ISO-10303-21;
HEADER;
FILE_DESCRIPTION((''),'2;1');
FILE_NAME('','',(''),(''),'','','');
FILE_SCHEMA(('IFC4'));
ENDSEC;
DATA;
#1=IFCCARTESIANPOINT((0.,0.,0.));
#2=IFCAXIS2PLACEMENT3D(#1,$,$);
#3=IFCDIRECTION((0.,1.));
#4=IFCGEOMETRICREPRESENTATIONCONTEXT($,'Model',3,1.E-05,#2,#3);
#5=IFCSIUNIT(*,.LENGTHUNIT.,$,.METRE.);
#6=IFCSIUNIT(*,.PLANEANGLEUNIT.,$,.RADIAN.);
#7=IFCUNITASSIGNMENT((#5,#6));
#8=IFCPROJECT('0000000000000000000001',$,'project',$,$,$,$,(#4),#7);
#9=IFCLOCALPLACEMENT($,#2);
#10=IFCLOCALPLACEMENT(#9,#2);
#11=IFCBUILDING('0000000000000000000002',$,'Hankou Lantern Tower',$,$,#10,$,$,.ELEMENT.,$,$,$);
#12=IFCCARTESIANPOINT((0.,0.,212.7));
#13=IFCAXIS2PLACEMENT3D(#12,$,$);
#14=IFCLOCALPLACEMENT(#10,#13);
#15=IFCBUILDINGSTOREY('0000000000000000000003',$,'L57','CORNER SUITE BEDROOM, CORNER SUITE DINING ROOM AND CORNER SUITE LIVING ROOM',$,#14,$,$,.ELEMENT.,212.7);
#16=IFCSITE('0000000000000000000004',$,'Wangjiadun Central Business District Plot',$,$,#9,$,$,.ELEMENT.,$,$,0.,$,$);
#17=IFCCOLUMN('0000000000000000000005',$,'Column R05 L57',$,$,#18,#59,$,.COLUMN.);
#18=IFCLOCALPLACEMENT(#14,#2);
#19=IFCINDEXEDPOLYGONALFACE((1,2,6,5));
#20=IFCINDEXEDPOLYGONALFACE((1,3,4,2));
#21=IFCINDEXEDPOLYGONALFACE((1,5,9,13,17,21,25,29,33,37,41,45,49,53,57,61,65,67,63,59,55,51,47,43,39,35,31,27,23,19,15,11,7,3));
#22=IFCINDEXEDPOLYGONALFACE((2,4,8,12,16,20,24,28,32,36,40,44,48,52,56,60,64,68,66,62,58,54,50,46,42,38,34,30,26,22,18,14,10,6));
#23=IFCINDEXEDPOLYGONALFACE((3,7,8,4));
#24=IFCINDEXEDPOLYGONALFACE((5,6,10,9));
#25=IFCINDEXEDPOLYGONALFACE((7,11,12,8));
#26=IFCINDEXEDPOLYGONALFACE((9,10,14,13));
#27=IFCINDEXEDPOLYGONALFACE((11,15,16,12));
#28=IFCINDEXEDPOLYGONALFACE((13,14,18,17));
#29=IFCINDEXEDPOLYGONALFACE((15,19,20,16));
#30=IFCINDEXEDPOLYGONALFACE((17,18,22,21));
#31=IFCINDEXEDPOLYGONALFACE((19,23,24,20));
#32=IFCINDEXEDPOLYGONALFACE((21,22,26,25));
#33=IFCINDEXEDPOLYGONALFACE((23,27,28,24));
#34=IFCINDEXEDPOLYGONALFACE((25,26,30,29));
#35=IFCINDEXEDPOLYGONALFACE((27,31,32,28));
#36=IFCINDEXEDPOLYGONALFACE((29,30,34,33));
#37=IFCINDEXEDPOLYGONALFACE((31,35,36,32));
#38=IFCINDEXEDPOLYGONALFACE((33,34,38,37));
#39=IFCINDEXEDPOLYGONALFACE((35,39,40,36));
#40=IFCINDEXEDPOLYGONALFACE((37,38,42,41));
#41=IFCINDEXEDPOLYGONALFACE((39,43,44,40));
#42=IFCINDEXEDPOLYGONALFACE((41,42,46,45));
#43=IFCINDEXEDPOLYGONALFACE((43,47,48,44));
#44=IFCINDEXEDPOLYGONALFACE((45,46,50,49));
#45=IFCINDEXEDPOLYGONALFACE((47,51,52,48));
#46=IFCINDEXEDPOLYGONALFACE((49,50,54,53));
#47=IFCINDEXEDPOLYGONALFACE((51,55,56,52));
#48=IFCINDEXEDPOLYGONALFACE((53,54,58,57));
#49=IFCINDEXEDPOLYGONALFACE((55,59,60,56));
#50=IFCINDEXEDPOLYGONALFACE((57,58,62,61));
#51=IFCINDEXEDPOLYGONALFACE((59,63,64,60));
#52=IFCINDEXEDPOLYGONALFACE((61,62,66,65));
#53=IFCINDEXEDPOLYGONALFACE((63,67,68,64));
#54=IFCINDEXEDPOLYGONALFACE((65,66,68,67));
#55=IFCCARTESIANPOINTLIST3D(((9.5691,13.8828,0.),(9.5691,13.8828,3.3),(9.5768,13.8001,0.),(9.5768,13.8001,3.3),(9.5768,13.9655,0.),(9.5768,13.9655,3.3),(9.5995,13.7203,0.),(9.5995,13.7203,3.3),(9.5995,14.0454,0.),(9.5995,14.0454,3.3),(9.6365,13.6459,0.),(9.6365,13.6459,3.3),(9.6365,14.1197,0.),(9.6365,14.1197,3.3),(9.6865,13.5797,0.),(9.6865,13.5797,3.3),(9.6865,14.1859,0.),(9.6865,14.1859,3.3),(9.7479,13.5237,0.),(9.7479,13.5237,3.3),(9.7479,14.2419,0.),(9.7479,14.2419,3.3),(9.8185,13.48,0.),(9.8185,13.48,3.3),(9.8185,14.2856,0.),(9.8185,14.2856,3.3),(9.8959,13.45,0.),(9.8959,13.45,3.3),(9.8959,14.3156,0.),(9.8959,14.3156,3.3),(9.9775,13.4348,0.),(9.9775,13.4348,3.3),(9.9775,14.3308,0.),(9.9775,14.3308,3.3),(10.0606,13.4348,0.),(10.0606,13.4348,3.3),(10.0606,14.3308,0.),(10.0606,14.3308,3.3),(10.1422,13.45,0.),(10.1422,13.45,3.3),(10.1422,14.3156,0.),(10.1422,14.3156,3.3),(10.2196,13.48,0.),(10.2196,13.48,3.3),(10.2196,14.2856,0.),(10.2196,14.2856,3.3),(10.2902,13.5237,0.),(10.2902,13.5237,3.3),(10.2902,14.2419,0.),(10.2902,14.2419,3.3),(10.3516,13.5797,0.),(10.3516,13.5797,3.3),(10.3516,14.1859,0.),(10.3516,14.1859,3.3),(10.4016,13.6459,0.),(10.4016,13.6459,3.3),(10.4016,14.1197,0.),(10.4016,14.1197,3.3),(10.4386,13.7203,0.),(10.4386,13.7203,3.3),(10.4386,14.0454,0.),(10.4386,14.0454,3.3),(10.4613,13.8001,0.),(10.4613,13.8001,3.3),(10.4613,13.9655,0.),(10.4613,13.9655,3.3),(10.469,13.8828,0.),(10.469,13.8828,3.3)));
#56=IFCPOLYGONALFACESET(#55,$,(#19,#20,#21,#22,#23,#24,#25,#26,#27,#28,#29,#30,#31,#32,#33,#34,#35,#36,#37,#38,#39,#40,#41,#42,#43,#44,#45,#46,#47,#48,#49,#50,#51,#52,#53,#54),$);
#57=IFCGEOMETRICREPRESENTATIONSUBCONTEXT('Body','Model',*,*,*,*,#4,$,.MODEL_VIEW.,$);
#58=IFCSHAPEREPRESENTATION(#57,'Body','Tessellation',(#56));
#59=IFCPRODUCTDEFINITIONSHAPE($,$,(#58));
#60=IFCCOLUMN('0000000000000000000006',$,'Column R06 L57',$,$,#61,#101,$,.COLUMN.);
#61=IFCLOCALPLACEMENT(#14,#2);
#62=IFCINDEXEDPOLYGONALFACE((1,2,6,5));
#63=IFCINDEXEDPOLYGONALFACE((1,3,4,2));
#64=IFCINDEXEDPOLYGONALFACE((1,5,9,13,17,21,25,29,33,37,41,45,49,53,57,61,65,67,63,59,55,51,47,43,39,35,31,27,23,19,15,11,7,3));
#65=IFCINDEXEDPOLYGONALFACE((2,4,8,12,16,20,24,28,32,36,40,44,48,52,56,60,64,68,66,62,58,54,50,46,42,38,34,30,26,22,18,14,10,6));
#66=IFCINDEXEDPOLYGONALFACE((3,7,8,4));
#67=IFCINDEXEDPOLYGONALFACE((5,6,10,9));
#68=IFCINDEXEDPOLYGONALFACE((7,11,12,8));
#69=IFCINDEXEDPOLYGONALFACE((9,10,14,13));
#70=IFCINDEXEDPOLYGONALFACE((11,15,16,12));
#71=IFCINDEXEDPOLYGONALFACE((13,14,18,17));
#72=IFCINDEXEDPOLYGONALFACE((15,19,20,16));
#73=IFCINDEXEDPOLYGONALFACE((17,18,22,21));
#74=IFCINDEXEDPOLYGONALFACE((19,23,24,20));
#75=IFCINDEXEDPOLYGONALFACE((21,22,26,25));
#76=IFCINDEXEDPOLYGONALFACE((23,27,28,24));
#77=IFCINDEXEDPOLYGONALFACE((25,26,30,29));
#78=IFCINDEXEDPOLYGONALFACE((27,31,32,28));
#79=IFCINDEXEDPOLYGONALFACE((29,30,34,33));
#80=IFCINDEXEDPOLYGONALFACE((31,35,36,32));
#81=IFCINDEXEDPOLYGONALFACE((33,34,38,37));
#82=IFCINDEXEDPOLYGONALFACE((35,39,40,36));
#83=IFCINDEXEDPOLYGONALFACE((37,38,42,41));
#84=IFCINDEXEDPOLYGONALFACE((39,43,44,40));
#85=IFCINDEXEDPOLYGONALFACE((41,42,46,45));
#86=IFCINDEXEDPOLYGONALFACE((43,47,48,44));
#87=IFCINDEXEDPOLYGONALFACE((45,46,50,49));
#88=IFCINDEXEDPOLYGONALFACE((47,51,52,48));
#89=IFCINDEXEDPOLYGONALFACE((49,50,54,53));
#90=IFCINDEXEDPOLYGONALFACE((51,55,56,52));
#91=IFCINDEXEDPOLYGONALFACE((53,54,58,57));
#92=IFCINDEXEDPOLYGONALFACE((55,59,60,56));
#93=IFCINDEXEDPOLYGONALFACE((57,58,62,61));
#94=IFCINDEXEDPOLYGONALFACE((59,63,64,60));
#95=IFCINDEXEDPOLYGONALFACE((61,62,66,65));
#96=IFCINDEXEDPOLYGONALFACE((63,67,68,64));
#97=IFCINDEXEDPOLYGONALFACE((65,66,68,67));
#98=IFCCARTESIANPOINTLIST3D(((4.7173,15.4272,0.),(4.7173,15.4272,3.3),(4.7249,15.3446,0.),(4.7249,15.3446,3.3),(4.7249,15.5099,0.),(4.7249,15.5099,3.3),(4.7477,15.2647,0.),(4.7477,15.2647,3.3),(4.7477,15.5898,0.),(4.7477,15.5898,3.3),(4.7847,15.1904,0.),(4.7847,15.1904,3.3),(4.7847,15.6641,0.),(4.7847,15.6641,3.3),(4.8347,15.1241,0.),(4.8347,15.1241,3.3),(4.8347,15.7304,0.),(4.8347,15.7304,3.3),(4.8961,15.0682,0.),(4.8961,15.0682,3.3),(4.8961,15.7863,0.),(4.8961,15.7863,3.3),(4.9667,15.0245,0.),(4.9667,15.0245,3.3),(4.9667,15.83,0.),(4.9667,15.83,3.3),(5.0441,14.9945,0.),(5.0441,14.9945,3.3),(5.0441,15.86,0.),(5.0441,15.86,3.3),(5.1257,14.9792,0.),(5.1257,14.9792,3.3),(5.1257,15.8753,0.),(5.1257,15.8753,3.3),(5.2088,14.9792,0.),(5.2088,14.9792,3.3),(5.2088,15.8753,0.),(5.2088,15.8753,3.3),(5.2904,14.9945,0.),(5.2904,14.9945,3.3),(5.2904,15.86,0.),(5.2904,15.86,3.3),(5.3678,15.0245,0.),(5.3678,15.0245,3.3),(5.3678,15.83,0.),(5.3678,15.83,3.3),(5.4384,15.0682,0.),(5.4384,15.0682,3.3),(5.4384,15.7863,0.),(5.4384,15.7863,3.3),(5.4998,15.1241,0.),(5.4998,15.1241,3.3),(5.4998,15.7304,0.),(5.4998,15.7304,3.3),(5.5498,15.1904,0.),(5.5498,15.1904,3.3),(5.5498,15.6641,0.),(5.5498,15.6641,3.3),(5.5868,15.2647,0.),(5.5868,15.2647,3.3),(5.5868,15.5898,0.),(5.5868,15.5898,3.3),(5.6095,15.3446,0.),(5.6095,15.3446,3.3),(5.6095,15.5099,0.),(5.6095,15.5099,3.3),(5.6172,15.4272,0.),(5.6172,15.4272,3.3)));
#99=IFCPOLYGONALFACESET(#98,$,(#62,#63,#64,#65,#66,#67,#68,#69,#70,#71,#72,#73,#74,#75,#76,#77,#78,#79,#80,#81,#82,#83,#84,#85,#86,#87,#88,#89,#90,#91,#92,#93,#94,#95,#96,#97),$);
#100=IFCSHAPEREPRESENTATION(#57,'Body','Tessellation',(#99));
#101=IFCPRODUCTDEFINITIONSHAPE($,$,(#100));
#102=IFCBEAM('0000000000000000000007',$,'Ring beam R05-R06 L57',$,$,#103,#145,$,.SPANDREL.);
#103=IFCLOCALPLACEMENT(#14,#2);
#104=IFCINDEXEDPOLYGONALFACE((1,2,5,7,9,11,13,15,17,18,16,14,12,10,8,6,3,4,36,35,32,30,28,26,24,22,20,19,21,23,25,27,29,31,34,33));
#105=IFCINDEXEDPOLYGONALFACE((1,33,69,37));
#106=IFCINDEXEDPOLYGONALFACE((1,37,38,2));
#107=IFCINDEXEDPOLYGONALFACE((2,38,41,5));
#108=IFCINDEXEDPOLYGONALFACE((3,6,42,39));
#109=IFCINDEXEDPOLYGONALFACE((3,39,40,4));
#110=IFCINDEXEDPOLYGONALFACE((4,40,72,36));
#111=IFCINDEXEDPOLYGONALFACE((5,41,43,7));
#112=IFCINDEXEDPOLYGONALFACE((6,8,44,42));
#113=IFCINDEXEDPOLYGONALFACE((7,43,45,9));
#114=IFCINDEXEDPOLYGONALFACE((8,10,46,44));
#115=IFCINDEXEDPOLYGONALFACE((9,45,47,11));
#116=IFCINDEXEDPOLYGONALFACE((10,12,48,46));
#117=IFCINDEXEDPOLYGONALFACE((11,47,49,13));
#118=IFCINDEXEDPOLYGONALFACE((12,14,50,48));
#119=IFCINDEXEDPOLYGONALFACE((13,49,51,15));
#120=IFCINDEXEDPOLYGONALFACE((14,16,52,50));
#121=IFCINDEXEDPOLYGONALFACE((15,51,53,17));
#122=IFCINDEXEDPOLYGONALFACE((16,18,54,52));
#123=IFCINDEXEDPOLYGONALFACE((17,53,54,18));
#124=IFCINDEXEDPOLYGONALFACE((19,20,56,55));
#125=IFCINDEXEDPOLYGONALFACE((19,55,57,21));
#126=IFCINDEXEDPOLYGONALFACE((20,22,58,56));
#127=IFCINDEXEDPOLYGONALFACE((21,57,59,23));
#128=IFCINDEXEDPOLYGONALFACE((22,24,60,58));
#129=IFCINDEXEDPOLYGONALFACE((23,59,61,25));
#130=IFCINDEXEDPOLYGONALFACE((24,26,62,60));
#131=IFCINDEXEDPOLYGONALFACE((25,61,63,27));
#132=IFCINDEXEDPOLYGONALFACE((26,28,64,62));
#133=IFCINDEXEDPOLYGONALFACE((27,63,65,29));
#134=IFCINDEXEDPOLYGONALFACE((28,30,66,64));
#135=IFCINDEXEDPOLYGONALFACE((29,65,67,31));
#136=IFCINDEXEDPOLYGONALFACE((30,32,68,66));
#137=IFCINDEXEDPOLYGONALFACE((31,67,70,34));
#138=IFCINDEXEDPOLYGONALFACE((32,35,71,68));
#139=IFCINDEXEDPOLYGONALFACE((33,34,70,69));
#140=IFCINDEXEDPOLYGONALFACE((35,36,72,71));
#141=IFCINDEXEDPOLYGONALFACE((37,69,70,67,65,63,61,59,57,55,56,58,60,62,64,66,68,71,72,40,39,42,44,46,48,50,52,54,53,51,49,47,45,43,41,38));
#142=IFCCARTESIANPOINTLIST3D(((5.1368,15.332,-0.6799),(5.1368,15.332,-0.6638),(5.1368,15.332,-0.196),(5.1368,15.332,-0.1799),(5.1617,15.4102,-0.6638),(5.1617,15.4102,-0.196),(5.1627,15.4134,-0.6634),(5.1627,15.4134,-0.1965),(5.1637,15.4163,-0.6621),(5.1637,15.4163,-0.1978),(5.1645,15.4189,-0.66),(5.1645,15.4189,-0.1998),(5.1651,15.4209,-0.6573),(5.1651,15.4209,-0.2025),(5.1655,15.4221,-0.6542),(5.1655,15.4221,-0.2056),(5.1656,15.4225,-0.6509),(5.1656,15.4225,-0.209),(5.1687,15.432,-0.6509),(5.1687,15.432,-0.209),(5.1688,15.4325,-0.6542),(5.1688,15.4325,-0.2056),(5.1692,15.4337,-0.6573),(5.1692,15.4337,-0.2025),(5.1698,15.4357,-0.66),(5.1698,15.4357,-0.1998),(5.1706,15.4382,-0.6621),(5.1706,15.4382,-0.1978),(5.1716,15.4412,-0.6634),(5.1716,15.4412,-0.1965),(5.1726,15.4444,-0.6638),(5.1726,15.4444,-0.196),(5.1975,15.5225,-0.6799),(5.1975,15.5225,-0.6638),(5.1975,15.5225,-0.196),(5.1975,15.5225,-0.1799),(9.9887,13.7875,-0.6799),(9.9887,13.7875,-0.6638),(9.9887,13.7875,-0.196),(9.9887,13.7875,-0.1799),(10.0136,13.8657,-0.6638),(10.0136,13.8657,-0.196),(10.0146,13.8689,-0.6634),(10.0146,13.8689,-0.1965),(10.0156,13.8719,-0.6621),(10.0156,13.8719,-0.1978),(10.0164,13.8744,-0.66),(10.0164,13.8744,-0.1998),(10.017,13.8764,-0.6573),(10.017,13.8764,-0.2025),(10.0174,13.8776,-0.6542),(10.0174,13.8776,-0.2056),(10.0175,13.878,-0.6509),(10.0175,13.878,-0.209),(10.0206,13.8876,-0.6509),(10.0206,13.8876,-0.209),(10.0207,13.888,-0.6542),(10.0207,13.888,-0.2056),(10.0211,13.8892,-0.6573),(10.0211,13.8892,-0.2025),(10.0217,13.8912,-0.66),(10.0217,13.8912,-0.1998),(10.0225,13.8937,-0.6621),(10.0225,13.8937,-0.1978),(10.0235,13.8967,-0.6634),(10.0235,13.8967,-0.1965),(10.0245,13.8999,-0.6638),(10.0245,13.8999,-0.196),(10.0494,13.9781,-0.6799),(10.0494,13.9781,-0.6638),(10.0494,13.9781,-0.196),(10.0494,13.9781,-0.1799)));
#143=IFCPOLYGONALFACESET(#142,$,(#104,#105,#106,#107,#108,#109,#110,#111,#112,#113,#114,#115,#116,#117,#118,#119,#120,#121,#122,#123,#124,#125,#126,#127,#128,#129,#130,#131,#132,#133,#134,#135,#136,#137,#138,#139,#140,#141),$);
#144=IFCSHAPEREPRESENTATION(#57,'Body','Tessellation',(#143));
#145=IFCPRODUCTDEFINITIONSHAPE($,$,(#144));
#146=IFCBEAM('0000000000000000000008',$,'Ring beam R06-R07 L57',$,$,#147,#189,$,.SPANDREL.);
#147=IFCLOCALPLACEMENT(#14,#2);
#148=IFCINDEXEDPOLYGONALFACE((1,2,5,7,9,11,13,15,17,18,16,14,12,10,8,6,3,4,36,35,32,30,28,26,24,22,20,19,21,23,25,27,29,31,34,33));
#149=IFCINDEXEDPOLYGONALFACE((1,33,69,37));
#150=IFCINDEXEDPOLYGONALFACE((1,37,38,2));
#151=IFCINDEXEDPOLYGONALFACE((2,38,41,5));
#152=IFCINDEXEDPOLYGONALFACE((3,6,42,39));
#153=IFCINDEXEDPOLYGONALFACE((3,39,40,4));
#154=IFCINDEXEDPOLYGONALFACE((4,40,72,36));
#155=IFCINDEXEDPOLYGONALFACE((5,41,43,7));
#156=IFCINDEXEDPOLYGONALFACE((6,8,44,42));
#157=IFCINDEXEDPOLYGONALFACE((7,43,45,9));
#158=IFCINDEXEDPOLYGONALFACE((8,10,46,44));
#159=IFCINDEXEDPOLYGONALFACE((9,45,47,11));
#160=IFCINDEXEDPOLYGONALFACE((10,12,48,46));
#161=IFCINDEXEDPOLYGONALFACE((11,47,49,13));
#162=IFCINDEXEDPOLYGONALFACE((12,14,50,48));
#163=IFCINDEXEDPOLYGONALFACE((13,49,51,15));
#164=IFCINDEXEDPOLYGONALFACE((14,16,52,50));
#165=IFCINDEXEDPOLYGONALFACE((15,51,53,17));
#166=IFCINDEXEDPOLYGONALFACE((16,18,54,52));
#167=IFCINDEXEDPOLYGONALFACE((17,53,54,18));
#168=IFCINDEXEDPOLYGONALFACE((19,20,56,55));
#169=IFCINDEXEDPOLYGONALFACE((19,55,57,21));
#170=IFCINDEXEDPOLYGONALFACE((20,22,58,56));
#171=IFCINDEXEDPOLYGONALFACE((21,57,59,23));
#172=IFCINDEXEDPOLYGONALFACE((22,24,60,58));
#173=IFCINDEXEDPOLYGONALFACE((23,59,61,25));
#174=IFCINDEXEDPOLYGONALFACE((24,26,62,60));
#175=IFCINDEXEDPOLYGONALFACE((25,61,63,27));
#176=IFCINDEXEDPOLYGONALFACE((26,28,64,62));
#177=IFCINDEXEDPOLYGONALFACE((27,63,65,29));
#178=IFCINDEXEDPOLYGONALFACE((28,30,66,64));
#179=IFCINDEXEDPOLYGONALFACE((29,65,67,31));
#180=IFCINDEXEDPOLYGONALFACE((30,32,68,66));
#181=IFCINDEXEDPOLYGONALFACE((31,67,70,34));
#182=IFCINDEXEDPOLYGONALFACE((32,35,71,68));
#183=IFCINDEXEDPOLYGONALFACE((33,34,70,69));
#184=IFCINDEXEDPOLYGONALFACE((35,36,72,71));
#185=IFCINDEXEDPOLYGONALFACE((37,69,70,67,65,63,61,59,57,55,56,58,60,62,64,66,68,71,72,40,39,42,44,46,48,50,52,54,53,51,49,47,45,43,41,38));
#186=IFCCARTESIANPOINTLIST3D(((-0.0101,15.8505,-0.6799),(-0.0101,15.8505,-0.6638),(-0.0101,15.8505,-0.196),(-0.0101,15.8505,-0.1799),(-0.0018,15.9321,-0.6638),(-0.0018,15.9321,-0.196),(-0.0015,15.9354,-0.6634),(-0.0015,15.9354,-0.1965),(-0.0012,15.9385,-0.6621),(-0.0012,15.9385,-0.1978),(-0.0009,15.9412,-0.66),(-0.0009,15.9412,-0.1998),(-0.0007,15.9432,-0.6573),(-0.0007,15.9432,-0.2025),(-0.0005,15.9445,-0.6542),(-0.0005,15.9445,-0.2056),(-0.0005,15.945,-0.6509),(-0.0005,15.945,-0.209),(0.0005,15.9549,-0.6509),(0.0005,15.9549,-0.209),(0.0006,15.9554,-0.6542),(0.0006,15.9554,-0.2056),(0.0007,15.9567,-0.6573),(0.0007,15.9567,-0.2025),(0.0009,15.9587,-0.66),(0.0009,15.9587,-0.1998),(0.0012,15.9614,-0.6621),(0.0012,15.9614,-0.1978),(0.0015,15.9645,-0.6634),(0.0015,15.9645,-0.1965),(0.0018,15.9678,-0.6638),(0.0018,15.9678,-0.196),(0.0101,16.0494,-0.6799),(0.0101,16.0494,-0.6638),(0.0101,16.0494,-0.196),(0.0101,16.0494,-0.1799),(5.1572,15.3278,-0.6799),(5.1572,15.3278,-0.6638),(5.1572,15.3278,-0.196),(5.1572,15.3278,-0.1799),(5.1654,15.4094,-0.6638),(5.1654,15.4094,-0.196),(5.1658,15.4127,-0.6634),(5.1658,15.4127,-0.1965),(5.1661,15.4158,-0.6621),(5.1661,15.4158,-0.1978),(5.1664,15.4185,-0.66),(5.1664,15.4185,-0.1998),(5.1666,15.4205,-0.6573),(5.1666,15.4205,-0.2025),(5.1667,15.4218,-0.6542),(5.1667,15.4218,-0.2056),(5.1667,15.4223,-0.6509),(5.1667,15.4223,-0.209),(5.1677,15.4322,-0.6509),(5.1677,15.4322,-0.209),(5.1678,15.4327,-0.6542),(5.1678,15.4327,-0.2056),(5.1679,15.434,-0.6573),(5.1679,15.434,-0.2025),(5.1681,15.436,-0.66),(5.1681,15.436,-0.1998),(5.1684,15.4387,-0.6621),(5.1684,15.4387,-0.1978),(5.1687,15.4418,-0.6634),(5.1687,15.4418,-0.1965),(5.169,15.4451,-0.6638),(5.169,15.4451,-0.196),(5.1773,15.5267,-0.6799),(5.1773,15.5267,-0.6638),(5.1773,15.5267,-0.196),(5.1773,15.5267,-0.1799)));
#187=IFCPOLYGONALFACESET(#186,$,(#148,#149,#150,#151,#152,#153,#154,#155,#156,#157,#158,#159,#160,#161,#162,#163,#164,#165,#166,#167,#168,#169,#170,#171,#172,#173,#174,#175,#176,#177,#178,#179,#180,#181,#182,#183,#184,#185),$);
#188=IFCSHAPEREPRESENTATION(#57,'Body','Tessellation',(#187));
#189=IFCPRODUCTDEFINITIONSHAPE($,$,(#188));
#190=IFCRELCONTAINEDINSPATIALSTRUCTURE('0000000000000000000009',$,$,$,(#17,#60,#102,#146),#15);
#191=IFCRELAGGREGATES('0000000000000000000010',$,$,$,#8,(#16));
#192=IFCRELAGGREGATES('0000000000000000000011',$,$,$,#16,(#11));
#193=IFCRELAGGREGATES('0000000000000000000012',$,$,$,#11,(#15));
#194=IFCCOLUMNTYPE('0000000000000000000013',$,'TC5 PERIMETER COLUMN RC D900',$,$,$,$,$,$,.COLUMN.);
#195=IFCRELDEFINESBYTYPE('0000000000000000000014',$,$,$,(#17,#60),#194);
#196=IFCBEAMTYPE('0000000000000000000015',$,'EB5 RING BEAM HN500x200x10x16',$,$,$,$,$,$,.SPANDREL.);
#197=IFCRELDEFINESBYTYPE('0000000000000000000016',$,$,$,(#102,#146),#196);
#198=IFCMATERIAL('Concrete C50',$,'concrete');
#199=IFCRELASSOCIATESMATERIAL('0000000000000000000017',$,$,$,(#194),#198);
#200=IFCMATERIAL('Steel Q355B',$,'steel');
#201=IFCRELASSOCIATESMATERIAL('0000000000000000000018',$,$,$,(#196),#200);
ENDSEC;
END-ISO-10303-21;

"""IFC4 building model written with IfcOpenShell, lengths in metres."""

from ifc_helpers import new_model, si_unit, direction, frame, origin, origin_2d, place, context, subcontext, project, spatial, circle, i_section, extrude, material, material_profile, profile_set, type_object, element, save


model = new_model("IFC4")

# Units and contexts
model_context = context("Model", 3, precision=1e-05, world=origin(), true_north=direction((0.0, 1.0)))
body_context = subcontext(model_context, "Body", "Model", "MODEL_VIEW")
ifc_project = project(units=[si_unit("LENGTHUNIT", "METRE"), si_unit("PLANEANGLEUNIT", "RADIAN")], contexts=[model_context])

# Site, building, storey
site_placement = place(None, origin())
site = spatial("IfcSite", under=ifc_project, at=site_placement, Name="Wangjiadun Central Business District Plot", CompositionType="ELEMENT", RefElevation=0.0)
building_placement = place(site_placement, origin())
building = spatial("IfcBuilding", under=site, at=building_placement, Name="Hankou Lantern Tower", CompositionType="ELEMENT")
storey_placement = place(building_placement, frame((0.0, 0.0, 212.7)))
storey = spatial("IfcBuildingStorey", under=building, at=storey_placement, Name="L57", Description="CORNER SUITE BEDROOM, CORNER SUITE DINING ROOM AND CORNER SUITE LIVING ROOM", CompositionType="ELEMENT", Elevation=212.7)

# Columns
ifc_material_1 = material(Name="Concrete C50", Category="concrete")
ifc_material_profile_1 = material_profile(ifc_material_1, circle(Radius=0.45, at=origin_2d()), Name="RC D900")
ifc_profile_set_1 = profile_set([ifc_material_profile_1], Name="Concrete C50")
column_type = type_object("IfcColumnType", Name="TC5 PERIMETER COLUMN RC D900", PredefinedType="COLUMN", material=ifc_profile_set_1)
for number, where, z_axis, x_axis, name in (
    (1, (10.019, 13.8828, 0.0), (0.0, 0.0, 1.0), (1.0, 0.0, 0.0), "Column R05 L57"),
    (2, (5.1672, 15.4272, 0.0), (0.0, 0.0, 1.0), (1.0, 0.0, 0.0), "Column R06 L57"),
):
    element("IfcColumn", number, at=place(storey_placement, frame(where, z_axis=z_axis, x_axis=x_axis)), inside=storey, type_object=column_type, Name=name, PredefinedType="COLUMN", context=body_context, shape_type="SweptSolid", body=[
        extrude(circle(Radius=0.45, at=origin_2d()), origin(), (0.0, 0.0, 1.0), 3.3),
    ])

# Beams
ifc_material_2 = material(Name="Steel Q355B", Category="steel")
ifc_material_profile_2 = material_profile(ifc_material_2, i_section(OverallWidth=0.2, OverallDepth=0.5, WebThickness=0.01, FlangeThickness=0.0161, FilletRadius=0.0129, at=origin_2d()), Name="HN500x200x10x16")
ifc_profile_set_2 = profile_set([ifc_material_profile_2], Name="Steel Q355B")
beam_type_1 = type_object("IfcBeamType", Name="EB5 RING BEAM HN500x200x10x16", PredefinedType="SPANDREL", material=ifc_profile_set_2)
beam_1_placement = place(storey_placement, frame((10.019, 13.8828, -0.4299), z_axis=(-0.952887, 0.303324, 0.0), x_axis=(-0.303324, -0.952887, 0.0)))
element("IfcBeam", 3, at=beam_1_placement, inside=storey, type_object=beam_type_1, Name="Ring beam R05-R06 L57", PredefinedType="SPANDREL", context=body_context, shape_type="SweptSolid", body=[
    extrude(i_section(OverallWidth=0.2, OverallDepth=0.5, WebThickness=0.01, FlangeThickness=0.0161, FilletRadius=0.0129, at=origin_2d()), origin(), (0.0, 0.0, 1.0), 5.0918),
])
beam_2_placement = place(storey_placement, frame((5.1672, 15.4272, -0.4299), z_axis=(-0.994923, 0.100644, 0.0), x_axis=(-0.100644, -0.994923, 0.0)))
element("IfcBeam", 4, at=beam_2_placement, inside=storey, type_object=beam_type_1, Name="Ring beam R06-R07 L57", PredefinedType="SPANDREL", context=body_context, shape_type="SweptSolid", body=[
    extrude(i_section(OverallWidth=0.2, OverallDepth=0.5, WebThickness=0.01, FlangeThickness=0.0161, FilletRadius=0.0129, at=origin_2d()), origin(), (0.0, 0.0, 1.0), 5.1936),
])

save(model, "model.ifc")
